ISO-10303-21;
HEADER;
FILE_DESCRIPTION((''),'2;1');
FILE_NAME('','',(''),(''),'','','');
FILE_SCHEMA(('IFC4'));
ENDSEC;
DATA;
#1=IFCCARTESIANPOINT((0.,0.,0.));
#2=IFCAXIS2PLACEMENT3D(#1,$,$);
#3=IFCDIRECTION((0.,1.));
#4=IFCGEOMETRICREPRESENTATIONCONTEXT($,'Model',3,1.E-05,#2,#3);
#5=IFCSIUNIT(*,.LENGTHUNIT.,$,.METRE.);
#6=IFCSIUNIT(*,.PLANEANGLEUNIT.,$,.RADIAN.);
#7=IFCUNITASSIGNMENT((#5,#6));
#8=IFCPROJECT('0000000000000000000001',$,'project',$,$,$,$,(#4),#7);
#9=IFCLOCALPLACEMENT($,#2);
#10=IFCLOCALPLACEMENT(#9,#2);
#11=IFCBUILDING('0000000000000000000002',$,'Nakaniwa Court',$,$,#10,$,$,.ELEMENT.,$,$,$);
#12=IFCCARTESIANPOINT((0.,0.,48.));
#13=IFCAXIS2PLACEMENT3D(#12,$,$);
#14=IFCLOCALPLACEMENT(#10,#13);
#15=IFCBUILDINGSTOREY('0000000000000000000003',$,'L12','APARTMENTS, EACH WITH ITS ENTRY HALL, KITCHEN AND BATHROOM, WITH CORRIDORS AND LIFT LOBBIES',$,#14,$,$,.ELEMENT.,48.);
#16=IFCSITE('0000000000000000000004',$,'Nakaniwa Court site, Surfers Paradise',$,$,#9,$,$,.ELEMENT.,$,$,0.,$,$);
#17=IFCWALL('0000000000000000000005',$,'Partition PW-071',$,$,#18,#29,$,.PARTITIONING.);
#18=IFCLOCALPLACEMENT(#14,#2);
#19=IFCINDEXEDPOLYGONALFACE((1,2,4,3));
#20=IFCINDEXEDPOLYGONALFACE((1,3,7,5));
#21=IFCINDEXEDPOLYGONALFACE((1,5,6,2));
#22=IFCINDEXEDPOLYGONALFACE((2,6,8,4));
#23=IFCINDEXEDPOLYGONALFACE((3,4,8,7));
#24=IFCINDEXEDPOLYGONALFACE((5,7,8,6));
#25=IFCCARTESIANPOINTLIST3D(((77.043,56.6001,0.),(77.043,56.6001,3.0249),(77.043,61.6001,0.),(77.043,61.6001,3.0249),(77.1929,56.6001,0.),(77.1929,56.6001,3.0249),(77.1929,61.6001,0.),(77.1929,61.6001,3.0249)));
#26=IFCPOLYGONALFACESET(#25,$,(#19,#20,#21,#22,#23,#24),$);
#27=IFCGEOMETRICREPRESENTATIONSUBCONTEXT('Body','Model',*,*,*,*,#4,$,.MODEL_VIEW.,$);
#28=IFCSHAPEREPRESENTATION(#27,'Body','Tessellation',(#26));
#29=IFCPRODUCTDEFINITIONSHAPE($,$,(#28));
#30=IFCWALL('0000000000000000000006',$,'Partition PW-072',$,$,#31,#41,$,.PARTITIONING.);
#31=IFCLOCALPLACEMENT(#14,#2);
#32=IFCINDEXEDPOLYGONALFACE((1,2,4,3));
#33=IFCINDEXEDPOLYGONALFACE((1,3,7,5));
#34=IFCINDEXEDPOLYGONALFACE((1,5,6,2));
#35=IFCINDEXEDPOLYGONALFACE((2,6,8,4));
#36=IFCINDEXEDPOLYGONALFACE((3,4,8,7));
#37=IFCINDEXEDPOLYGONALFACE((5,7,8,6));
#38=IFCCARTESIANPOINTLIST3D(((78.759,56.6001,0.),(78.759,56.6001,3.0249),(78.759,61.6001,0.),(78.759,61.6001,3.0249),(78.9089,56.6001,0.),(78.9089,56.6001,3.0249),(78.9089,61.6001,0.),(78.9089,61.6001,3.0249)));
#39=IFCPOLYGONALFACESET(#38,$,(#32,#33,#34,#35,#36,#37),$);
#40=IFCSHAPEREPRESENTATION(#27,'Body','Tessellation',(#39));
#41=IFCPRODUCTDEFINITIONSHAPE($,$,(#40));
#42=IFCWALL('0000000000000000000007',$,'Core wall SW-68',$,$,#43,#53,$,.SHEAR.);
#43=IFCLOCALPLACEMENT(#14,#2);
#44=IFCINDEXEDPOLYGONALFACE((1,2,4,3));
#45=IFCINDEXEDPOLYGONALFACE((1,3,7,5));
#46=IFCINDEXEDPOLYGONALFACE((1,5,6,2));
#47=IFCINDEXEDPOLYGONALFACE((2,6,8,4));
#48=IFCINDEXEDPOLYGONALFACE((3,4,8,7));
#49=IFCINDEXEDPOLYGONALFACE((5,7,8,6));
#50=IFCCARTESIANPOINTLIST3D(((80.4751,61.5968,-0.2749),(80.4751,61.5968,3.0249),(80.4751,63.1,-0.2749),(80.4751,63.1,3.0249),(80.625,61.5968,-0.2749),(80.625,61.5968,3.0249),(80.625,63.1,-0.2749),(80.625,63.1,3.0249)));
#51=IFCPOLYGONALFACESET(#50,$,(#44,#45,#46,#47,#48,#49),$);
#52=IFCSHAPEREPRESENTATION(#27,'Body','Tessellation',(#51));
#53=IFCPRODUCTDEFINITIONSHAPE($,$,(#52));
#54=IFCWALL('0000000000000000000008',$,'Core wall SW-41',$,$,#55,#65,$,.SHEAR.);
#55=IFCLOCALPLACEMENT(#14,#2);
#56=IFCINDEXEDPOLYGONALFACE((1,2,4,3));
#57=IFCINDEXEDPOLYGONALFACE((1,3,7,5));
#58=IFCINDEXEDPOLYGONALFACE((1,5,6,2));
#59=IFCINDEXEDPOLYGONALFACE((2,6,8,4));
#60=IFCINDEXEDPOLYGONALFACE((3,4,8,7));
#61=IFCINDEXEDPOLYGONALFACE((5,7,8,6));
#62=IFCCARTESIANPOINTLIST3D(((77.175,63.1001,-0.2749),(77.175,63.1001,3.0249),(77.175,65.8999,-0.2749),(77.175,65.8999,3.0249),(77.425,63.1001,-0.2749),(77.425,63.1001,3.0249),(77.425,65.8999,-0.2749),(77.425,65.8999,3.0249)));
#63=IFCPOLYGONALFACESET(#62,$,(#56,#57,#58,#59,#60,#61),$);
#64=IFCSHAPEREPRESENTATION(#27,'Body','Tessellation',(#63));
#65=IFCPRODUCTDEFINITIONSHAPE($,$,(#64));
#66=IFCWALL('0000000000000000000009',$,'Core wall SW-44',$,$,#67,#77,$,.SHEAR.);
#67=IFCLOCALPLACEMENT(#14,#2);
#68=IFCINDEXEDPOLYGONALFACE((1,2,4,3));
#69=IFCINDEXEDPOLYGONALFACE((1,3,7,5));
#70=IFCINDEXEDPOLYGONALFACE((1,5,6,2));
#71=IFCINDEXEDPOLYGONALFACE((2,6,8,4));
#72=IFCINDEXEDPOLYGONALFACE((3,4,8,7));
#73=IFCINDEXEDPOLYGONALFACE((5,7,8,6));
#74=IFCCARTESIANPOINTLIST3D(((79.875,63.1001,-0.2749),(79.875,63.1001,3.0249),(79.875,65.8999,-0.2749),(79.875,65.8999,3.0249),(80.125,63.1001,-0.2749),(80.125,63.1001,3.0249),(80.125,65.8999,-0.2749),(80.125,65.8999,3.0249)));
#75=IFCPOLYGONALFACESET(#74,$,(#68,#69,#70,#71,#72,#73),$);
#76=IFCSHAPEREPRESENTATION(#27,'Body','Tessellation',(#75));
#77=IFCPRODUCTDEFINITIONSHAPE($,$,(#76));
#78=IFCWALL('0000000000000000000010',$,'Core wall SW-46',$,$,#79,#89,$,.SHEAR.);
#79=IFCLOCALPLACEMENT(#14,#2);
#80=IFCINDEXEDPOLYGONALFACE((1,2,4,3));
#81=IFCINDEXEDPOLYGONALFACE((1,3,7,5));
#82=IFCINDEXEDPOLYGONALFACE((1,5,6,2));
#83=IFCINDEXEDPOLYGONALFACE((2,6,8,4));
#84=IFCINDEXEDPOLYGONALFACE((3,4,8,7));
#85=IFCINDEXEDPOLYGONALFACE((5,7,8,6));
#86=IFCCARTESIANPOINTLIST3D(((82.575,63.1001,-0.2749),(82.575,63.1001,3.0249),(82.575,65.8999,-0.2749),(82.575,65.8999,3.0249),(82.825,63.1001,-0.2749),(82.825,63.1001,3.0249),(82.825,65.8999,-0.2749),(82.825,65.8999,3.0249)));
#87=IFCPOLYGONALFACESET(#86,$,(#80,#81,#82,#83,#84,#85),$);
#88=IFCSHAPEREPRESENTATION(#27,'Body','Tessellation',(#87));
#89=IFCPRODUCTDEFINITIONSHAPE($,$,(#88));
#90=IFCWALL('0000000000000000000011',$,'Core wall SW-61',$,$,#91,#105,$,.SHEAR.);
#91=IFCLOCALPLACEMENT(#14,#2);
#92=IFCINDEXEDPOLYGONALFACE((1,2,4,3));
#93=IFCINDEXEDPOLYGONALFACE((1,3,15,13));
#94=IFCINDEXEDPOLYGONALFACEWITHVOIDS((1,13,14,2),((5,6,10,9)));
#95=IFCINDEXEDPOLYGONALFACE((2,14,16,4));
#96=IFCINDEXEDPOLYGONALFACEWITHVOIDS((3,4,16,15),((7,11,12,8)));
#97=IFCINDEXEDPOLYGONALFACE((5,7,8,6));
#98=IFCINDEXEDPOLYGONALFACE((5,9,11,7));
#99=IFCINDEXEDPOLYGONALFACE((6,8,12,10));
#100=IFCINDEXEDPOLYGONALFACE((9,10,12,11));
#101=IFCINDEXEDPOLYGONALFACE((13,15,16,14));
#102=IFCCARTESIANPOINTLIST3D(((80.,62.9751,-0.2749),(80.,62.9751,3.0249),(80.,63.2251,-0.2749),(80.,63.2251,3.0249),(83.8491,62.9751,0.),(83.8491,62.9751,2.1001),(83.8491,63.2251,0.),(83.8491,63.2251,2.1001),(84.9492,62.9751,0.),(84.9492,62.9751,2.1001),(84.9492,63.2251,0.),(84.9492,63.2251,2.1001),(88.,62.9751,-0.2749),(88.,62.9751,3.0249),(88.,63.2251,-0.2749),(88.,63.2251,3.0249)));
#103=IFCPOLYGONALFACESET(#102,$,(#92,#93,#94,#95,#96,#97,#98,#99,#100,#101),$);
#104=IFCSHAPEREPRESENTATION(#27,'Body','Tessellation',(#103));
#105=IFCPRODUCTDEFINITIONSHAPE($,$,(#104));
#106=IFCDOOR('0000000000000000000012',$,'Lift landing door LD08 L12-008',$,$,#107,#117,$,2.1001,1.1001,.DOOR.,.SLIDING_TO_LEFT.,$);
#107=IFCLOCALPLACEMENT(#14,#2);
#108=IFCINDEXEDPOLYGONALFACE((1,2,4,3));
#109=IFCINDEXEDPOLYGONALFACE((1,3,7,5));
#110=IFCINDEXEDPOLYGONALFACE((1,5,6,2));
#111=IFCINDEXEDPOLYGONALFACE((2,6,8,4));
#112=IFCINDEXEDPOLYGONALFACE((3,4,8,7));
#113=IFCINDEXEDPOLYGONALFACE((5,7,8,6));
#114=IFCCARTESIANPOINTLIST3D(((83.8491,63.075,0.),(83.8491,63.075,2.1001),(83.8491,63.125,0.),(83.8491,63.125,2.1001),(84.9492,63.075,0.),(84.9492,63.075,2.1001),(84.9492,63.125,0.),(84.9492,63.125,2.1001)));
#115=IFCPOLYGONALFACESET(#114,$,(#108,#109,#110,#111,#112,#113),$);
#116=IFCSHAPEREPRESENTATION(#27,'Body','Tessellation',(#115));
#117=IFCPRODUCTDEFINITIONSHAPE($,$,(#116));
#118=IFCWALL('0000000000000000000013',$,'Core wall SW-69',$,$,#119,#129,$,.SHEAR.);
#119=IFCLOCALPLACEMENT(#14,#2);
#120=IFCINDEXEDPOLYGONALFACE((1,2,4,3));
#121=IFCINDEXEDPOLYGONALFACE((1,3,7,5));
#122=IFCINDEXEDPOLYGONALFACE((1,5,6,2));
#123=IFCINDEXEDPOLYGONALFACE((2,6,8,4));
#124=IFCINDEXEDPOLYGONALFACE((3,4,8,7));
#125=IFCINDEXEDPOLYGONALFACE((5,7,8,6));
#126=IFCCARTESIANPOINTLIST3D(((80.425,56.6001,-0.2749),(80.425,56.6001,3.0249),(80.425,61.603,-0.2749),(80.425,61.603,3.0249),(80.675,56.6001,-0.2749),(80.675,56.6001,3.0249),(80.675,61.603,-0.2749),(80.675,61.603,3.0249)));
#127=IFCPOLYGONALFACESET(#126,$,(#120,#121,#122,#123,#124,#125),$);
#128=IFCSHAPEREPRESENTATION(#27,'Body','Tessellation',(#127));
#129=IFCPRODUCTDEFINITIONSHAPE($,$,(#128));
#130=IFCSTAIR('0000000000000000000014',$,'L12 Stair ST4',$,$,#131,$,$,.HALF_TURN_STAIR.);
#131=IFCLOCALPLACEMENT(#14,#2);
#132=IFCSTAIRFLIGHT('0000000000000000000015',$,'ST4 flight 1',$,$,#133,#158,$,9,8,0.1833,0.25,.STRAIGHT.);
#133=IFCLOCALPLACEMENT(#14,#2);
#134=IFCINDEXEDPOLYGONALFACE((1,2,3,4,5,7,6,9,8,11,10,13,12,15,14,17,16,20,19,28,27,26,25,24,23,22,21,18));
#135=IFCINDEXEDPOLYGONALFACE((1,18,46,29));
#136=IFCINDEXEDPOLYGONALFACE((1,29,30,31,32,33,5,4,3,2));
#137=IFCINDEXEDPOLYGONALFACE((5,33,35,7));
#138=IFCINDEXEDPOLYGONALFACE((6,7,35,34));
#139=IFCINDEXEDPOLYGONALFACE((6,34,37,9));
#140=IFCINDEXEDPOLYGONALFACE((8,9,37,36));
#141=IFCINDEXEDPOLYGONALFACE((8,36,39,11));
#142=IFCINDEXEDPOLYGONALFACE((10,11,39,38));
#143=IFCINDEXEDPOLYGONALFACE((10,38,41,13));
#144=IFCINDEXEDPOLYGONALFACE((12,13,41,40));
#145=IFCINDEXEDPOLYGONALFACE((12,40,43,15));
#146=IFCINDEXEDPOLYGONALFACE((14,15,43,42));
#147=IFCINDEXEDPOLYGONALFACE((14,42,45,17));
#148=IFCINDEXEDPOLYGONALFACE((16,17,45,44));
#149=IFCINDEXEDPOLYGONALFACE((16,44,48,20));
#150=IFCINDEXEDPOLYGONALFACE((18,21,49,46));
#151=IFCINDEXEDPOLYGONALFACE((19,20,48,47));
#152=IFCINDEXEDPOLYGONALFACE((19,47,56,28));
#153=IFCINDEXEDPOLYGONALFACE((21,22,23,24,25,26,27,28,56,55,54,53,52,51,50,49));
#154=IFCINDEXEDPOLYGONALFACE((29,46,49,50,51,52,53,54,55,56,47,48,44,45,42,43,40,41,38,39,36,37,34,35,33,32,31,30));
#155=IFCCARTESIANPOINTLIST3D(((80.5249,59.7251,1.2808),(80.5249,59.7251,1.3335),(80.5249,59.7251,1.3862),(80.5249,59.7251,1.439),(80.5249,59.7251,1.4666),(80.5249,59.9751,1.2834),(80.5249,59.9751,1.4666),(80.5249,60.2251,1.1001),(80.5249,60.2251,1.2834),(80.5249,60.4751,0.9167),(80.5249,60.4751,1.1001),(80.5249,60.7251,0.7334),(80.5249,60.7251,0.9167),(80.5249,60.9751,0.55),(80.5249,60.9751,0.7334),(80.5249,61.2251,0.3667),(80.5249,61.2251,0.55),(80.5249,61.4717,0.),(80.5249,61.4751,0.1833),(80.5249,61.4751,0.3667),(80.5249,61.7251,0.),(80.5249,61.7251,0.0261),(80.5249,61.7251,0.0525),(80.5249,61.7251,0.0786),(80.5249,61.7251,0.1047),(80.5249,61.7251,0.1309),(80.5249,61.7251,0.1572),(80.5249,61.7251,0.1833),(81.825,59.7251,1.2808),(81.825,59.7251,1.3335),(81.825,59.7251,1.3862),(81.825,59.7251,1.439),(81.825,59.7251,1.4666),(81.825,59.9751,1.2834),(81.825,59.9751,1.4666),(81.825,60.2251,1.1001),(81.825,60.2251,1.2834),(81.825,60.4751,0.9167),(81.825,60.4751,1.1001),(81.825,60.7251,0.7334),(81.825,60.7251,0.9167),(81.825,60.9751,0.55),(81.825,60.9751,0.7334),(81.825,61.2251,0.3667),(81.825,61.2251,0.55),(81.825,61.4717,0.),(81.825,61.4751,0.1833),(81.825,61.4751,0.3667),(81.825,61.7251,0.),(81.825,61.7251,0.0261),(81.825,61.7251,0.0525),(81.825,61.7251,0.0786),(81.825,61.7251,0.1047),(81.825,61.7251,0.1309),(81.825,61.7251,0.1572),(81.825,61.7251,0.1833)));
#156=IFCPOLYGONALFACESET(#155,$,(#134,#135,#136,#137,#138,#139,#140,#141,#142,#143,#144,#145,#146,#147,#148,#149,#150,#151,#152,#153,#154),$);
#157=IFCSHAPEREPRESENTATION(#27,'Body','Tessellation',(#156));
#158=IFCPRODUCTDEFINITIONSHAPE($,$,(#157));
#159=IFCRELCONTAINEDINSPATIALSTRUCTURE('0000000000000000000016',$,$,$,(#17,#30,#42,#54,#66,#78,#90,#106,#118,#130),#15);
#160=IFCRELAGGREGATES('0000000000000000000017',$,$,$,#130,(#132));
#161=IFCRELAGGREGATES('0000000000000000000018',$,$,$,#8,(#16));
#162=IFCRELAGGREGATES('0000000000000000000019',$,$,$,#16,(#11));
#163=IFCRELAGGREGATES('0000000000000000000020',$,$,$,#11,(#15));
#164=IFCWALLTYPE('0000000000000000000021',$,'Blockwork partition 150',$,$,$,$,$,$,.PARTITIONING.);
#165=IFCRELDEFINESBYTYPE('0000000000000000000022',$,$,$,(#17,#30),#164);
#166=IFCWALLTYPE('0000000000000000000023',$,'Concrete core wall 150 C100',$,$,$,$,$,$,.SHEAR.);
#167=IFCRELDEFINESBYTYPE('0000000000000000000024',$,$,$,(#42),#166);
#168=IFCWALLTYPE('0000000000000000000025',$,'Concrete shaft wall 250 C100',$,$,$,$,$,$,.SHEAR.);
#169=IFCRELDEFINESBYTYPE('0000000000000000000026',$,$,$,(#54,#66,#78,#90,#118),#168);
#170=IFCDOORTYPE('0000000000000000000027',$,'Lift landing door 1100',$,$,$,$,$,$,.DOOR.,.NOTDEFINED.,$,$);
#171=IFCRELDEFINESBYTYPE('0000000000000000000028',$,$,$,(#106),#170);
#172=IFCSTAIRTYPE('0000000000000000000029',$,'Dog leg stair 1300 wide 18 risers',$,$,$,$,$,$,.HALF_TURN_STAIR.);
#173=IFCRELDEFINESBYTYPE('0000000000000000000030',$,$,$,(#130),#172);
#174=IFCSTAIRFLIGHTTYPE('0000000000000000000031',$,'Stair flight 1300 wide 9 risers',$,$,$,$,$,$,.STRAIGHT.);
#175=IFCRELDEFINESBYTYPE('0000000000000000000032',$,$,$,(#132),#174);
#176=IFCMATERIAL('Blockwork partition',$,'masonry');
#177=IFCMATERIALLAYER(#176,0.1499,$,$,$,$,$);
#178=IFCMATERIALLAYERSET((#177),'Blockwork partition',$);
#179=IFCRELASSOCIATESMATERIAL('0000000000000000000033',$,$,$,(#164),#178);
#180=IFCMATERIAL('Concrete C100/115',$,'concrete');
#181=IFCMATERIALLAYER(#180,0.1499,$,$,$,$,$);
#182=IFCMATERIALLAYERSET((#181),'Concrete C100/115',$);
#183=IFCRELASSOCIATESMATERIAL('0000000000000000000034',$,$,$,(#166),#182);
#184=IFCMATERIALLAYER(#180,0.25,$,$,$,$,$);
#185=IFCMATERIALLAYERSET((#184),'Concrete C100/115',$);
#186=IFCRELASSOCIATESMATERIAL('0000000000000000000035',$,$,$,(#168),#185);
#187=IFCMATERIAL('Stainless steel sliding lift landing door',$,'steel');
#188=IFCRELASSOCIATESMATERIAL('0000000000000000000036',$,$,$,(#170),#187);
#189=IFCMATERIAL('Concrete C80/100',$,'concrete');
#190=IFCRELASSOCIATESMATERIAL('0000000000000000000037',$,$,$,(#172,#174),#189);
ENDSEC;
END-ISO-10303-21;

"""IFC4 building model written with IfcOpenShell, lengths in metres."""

from ifc_helpers import new_model, si_unit, direction, frame, frame_2d, origin, place, context, subcontext, project, spatial, polyline, rectangle, outline, extrude, material, layer, layer_set, type_object, element, fill, aggregate, save


model = new_model("IFC4")

# Units and contexts
model_context = context("Model", 3, precision=1e-05, world=origin(), true_north=direction((0.0, 1.0)))
body_context = subcontext(model_context, "Body", "Model", "MODEL_VIEW")
ifc_project = project(units=[si_unit("LENGTHUNIT", "METRE"), si_unit("PLANEANGLEUNIT", "RADIAN")], contexts=[model_context])

# Site, building, storey
site_placement = place(None, origin())
site = spatial("IfcSite", under=ifc_project, at=site_placement, Name="Nakaniwa Court site, Surfers Paradise", CompositionType="ELEMENT", RefElevation=0.0)
building_placement = place(site_placement, origin())
building = spatial("IfcBuilding", under=site, at=building_placement, Name="Nakaniwa Court", CompositionType="ELEMENT")
storey_placement = place(building_placement, frame((0.0, 0.0, 48.0)))
storey = spatial("IfcBuildingStorey", under=building, at=storey_placement, Name="L12", Description="APARTMENTS, EACH WITH ITS ENTRY HALL, KITCHEN AND BATHROOM, WITH CORRIDORS AND LIFT LOBBIES", CompositionType="ELEMENT", Elevation=48.0)

# Shared definitions
ifc_material_1 = material(Name="Concrete C80/100", Category="concrete")

# Shared definitions
ifc_material_2 = material(Name="Blockwork partition", Category="masonry")
ifc_layer_1 = layer(ifc_material_2, 0.1499)
ifc_layer_set_1 = layer_set([ifc_layer_1], Name="Blockwork partition")
wall_type_1 = type_object("IfcWallType", Name="Blockwork partition 150", PredefinedType="PARTITIONING", material=ifc_layer_set_1)

# Walls
for number, where, z_axis, x_axis, name in (
    (1, (77.1179, 56.6001, 0.0), (0.0, 0.0, 1.0), (0.0, 1.0, 0.0), "Partition PW-071"),
    (2, (78.834, 56.6001, 0.0), (0.0, 0.0, 1.0), (0.0, 1.0, 0.0), "Partition PW-072"),
):
    element("IfcWall", number, at=place(storey_placement, frame(where, z_axis=z_axis, x_axis=x_axis)), inside=storey, type_object=wall_type_1, Name=name, PredefinedType="PARTITIONING", context=body_context, shape_type="SweptSolid", body=[
        extrude(rectangle(XDim=5.0, YDim=0.1499, at=frame_2d((2.5, 0.0))), origin(), (0.0, 0.0, 1.0), 3.0249),
    ])
ifc_material_3 = material(Name="Concrete C100/115", Category="concrete")
ifc_layer_2 = layer(ifc_material_3, 0.1499)
ifc_layer_set_2 = layer_set([ifc_layer_2], Name="Concrete C100/115")
wall_type_2 = type_object("IfcWallType", Name="Concrete core wall 150 C100", PredefinedType="SHEAR", material=ifc_layer_set_2)
wall_1_placement = place(storey_placement, frame((80.55, 61.5969, -0.2749), z_axis=(0.0, 0.0, 1.0), x_axis=(0.0, 1.0, 0.0)))
element("IfcWall", 3, at=wall_1_placement, inside=storey, type_object=wall_type_2, Name="Core wall SW-68", PredefinedType="SHEAR", context=body_context, shape_type="SweptSolid", body=[
    extrude(rectangle(XDim=1.5032, YDim=0.1499, at=frame_2d((0.7515, 0.0))), origin(), (0.0, 0.0, 1.0), 3.2998),
])
ifc_layer_3 = layer(ifc_material_3, 0.25)
ifc_layer_set_3 = layer_set([ifc_layer_3], Name="Concrete C100/115")
wall_type_3 = type_object("IfcWallType", Name="Concrete shaft wall 250 C100", PredefinedType="SHEAR", material=ifc_layer_set_3)
for number, where, z_axis, x_axis, name in (
    (4, (77.3, 63.1001, -0.2749), (0.0, 0.0, 1.0), (0.0, 1.0, 0.0), "Core wall SW-41"),
    (5, (80.0, 63.1001, -0.2749), (0.0, 0.0, 1.0), (0.0, 1.0, 0.0), "Core wall SW-44"),
    (6, (82.7, 63.1001, -0.2749), (0.0, 0.0, 1.0), (0.0, 1.0, 0.0), "Core wall SW-46"),
):
    element("IfcWall", number, at=place(storey_placement, frame(where, z_axis=z_axis, x_axis=x_axis)), inside=storey, type_object=wall_type_3, Name=name, PredefinedType="SHEAR", context=body_context, shape_type="SweptSolid", body=[
        extrude(rectangle(XDim=2.7998, YDim=0.25, at=frame_2d((1.3999, 0.0))), origin(), (0.0, 0.0, 1.0), 3.2998),
    ])

# Wall, opening, door
wall_2_placement = place(storey_placement, frame((80.0, 63.1001, -0.2749), z_axis=(0.0, 0.0, 1.0), x_axis=(1.0, 0.0, 0.0)))
wall_2 = element("IfcWall", 7, at=wall_2_placement, inside=storey, type_object=wall_type_3, Name="Core wall SW-61", PredefinedType="SHEAR", context=body_context, shape_type="SweptSolid", body=[
    extrude(rectangle(XDim=8.0, YDim=0.25, at=frame_2d((4.0, 0.0))), origin(), (0.0, 0.0, 1.0), 3.2998),
])
opening_1_placement = place(wall_2_placement, frame((3.8491, 0.0, 0.2749)))
opening_1 = element("IfcOpeningElement", 8, at=opening_1_placement, cuts=wall_2, PredefinedType="OPENING", context=body_context, shape_type="SweptSolid", body=[
    extrude(rectangle(XDim=1.1001, YDim=2.1001, at=frame_2d((0.55, 1.05))), frame((0.0, 0.135, 0.0), z_axis=(0.0, -1.0, 0.0), x_axis=(1.0, 0.0, 0.0)), (0.0, 0.0, 1.0), 0.27),
])
ifc_material_4 = material(Name="Stainless steel sliding lift landing door", Category="steel")
door_type_1 = type_object("IfcDoorType", Name="Lift landing door 1100", OperationType="NOTDEFINED", PredefinedType="DOOR", material=ifc_material_4)
door_1_placement = place(opening_1_placement, origin())
door_1 = element("IfcDoor", 9, at=door_1_placement, inside=storey, type_object=door_type_1, Name="Lift landing door LD08 L12-008", OperationType="SLIDING_TO_LEFT", OverallHeight=2.1001, OverallWidth=1.1001, PredefinedType="DOOR", context=body_context, shape_type="SweptSolid", body=[
    extrude(rectangle(XDim=1.1001, YDim=2.1001, at=frame_2d((0.55, 1.05))), frame((0.0, 0.0249, 0.0), z_axis=(0.0, -1.0, 0.0), x_axis=(1.0, 0.0, 0.0)), (0.0, 0.0, 1.0), 0.05),
])
fill(opening_1, door_1)

# Wall
wall_3_placement = place(storey_placement, frame((80.55, 56.6001, -0.2749), z_axis=(0.0, 0.0, 1.0), x_axis=(0.0, 1.0, 0.0)))
element("IfcWall", 10, at=wall_3_placement, inside=storey, type_object=wall_type_3, Name="Core wall SW-69", PredefinedType="SHEAR", context=body_context, shape_type="SweptSolid", body=[
    extrude(rectangle(XDim=5.0029, YDim=0.25, at=frame_2d((2.5015, 0.0))), origin(), (0.0, 0.0, 1.0), 3.2998),
])

# Stair, stair flight
stair_type = type_object("IfcStairType", Name="Dog leg stair 1300 wide 18 risers", PredefinedType="HALF_TURN_STAIR", material=ifc_material_1)
stair_placement = place(storey_placement, origin())
stair = element("IfcStair", 11, at=stair_placement, inside=storey, type_object=stair_type, Name="L12 Stair ST4", PredefinedType="HALF_TURN_STAIR")
stair_flight_type = type_object("IfcStairFlightType", Name="Stair flight 1300 wide 9 risers", PredefinedType="STRAIGHT", material=ifc_material_1)
stair_flight_1_placement = place(storey_placement, frame((81.175, 61.7251, 0.0), z_axis=(0.0, 0.0, 1.0), x_axis=(0.0, -1.0, 0.0)))
stair_flight_1 = element("IfcStairFlight", 12, at=stair_flight_1_placement, type_object=stair_flight_type, Name="ST4 flight 1", NumberOfRisers=9, NumberOfTreads=8, PredefinedType="STRAIGHT", RiserHeight=0.1833, TreadLength=0.25, context=body_context, shape_type="SweptSolid", body=[
    extrude(outline(polyline([(0.0, 0.0), (0.0, 0.0261), (0.0, 0.0525), (0.0, 0.0786), (0.0, 0.1047), (0.0, 0.1309), (0.0, 0.1572), (0.0, 0.1833), (0.25, 0.1833), (0.25, 0.3667), (0.5, 0.3667), (0.5, 0.55), (0.75, 0.55), (0.75, 0.7334), (1.0, 0.7334), (1.0, 0.9167), (1.25, 0.9167), (1.25, 1.1001), (1.5, 1.1001), (1.5, 1.2834), (1.75, 1.2834), (1.75, 1.4666), (2.0, 1.4666), (2.0, 1.6499), (2.0, 1.5972), (2.0, 1.5444), (2.0, 1.4917), (2.0, 1.439), (2.0, 1.3862), (2.0, 1.3335), (2.0, 1.2808), (0.2534, 0.0), (0.0, 0.0)])), frame((0.0, 0.6499, 0.0), z_axis=(0.0, -1.0, 0.0), x_axis=(1.0, 0.0, 0.0)), (0.0, 0.0, 1.0), 1.3),
])
aggregate(stair, [stair_flight_1])

save(model, "model.ifc")
